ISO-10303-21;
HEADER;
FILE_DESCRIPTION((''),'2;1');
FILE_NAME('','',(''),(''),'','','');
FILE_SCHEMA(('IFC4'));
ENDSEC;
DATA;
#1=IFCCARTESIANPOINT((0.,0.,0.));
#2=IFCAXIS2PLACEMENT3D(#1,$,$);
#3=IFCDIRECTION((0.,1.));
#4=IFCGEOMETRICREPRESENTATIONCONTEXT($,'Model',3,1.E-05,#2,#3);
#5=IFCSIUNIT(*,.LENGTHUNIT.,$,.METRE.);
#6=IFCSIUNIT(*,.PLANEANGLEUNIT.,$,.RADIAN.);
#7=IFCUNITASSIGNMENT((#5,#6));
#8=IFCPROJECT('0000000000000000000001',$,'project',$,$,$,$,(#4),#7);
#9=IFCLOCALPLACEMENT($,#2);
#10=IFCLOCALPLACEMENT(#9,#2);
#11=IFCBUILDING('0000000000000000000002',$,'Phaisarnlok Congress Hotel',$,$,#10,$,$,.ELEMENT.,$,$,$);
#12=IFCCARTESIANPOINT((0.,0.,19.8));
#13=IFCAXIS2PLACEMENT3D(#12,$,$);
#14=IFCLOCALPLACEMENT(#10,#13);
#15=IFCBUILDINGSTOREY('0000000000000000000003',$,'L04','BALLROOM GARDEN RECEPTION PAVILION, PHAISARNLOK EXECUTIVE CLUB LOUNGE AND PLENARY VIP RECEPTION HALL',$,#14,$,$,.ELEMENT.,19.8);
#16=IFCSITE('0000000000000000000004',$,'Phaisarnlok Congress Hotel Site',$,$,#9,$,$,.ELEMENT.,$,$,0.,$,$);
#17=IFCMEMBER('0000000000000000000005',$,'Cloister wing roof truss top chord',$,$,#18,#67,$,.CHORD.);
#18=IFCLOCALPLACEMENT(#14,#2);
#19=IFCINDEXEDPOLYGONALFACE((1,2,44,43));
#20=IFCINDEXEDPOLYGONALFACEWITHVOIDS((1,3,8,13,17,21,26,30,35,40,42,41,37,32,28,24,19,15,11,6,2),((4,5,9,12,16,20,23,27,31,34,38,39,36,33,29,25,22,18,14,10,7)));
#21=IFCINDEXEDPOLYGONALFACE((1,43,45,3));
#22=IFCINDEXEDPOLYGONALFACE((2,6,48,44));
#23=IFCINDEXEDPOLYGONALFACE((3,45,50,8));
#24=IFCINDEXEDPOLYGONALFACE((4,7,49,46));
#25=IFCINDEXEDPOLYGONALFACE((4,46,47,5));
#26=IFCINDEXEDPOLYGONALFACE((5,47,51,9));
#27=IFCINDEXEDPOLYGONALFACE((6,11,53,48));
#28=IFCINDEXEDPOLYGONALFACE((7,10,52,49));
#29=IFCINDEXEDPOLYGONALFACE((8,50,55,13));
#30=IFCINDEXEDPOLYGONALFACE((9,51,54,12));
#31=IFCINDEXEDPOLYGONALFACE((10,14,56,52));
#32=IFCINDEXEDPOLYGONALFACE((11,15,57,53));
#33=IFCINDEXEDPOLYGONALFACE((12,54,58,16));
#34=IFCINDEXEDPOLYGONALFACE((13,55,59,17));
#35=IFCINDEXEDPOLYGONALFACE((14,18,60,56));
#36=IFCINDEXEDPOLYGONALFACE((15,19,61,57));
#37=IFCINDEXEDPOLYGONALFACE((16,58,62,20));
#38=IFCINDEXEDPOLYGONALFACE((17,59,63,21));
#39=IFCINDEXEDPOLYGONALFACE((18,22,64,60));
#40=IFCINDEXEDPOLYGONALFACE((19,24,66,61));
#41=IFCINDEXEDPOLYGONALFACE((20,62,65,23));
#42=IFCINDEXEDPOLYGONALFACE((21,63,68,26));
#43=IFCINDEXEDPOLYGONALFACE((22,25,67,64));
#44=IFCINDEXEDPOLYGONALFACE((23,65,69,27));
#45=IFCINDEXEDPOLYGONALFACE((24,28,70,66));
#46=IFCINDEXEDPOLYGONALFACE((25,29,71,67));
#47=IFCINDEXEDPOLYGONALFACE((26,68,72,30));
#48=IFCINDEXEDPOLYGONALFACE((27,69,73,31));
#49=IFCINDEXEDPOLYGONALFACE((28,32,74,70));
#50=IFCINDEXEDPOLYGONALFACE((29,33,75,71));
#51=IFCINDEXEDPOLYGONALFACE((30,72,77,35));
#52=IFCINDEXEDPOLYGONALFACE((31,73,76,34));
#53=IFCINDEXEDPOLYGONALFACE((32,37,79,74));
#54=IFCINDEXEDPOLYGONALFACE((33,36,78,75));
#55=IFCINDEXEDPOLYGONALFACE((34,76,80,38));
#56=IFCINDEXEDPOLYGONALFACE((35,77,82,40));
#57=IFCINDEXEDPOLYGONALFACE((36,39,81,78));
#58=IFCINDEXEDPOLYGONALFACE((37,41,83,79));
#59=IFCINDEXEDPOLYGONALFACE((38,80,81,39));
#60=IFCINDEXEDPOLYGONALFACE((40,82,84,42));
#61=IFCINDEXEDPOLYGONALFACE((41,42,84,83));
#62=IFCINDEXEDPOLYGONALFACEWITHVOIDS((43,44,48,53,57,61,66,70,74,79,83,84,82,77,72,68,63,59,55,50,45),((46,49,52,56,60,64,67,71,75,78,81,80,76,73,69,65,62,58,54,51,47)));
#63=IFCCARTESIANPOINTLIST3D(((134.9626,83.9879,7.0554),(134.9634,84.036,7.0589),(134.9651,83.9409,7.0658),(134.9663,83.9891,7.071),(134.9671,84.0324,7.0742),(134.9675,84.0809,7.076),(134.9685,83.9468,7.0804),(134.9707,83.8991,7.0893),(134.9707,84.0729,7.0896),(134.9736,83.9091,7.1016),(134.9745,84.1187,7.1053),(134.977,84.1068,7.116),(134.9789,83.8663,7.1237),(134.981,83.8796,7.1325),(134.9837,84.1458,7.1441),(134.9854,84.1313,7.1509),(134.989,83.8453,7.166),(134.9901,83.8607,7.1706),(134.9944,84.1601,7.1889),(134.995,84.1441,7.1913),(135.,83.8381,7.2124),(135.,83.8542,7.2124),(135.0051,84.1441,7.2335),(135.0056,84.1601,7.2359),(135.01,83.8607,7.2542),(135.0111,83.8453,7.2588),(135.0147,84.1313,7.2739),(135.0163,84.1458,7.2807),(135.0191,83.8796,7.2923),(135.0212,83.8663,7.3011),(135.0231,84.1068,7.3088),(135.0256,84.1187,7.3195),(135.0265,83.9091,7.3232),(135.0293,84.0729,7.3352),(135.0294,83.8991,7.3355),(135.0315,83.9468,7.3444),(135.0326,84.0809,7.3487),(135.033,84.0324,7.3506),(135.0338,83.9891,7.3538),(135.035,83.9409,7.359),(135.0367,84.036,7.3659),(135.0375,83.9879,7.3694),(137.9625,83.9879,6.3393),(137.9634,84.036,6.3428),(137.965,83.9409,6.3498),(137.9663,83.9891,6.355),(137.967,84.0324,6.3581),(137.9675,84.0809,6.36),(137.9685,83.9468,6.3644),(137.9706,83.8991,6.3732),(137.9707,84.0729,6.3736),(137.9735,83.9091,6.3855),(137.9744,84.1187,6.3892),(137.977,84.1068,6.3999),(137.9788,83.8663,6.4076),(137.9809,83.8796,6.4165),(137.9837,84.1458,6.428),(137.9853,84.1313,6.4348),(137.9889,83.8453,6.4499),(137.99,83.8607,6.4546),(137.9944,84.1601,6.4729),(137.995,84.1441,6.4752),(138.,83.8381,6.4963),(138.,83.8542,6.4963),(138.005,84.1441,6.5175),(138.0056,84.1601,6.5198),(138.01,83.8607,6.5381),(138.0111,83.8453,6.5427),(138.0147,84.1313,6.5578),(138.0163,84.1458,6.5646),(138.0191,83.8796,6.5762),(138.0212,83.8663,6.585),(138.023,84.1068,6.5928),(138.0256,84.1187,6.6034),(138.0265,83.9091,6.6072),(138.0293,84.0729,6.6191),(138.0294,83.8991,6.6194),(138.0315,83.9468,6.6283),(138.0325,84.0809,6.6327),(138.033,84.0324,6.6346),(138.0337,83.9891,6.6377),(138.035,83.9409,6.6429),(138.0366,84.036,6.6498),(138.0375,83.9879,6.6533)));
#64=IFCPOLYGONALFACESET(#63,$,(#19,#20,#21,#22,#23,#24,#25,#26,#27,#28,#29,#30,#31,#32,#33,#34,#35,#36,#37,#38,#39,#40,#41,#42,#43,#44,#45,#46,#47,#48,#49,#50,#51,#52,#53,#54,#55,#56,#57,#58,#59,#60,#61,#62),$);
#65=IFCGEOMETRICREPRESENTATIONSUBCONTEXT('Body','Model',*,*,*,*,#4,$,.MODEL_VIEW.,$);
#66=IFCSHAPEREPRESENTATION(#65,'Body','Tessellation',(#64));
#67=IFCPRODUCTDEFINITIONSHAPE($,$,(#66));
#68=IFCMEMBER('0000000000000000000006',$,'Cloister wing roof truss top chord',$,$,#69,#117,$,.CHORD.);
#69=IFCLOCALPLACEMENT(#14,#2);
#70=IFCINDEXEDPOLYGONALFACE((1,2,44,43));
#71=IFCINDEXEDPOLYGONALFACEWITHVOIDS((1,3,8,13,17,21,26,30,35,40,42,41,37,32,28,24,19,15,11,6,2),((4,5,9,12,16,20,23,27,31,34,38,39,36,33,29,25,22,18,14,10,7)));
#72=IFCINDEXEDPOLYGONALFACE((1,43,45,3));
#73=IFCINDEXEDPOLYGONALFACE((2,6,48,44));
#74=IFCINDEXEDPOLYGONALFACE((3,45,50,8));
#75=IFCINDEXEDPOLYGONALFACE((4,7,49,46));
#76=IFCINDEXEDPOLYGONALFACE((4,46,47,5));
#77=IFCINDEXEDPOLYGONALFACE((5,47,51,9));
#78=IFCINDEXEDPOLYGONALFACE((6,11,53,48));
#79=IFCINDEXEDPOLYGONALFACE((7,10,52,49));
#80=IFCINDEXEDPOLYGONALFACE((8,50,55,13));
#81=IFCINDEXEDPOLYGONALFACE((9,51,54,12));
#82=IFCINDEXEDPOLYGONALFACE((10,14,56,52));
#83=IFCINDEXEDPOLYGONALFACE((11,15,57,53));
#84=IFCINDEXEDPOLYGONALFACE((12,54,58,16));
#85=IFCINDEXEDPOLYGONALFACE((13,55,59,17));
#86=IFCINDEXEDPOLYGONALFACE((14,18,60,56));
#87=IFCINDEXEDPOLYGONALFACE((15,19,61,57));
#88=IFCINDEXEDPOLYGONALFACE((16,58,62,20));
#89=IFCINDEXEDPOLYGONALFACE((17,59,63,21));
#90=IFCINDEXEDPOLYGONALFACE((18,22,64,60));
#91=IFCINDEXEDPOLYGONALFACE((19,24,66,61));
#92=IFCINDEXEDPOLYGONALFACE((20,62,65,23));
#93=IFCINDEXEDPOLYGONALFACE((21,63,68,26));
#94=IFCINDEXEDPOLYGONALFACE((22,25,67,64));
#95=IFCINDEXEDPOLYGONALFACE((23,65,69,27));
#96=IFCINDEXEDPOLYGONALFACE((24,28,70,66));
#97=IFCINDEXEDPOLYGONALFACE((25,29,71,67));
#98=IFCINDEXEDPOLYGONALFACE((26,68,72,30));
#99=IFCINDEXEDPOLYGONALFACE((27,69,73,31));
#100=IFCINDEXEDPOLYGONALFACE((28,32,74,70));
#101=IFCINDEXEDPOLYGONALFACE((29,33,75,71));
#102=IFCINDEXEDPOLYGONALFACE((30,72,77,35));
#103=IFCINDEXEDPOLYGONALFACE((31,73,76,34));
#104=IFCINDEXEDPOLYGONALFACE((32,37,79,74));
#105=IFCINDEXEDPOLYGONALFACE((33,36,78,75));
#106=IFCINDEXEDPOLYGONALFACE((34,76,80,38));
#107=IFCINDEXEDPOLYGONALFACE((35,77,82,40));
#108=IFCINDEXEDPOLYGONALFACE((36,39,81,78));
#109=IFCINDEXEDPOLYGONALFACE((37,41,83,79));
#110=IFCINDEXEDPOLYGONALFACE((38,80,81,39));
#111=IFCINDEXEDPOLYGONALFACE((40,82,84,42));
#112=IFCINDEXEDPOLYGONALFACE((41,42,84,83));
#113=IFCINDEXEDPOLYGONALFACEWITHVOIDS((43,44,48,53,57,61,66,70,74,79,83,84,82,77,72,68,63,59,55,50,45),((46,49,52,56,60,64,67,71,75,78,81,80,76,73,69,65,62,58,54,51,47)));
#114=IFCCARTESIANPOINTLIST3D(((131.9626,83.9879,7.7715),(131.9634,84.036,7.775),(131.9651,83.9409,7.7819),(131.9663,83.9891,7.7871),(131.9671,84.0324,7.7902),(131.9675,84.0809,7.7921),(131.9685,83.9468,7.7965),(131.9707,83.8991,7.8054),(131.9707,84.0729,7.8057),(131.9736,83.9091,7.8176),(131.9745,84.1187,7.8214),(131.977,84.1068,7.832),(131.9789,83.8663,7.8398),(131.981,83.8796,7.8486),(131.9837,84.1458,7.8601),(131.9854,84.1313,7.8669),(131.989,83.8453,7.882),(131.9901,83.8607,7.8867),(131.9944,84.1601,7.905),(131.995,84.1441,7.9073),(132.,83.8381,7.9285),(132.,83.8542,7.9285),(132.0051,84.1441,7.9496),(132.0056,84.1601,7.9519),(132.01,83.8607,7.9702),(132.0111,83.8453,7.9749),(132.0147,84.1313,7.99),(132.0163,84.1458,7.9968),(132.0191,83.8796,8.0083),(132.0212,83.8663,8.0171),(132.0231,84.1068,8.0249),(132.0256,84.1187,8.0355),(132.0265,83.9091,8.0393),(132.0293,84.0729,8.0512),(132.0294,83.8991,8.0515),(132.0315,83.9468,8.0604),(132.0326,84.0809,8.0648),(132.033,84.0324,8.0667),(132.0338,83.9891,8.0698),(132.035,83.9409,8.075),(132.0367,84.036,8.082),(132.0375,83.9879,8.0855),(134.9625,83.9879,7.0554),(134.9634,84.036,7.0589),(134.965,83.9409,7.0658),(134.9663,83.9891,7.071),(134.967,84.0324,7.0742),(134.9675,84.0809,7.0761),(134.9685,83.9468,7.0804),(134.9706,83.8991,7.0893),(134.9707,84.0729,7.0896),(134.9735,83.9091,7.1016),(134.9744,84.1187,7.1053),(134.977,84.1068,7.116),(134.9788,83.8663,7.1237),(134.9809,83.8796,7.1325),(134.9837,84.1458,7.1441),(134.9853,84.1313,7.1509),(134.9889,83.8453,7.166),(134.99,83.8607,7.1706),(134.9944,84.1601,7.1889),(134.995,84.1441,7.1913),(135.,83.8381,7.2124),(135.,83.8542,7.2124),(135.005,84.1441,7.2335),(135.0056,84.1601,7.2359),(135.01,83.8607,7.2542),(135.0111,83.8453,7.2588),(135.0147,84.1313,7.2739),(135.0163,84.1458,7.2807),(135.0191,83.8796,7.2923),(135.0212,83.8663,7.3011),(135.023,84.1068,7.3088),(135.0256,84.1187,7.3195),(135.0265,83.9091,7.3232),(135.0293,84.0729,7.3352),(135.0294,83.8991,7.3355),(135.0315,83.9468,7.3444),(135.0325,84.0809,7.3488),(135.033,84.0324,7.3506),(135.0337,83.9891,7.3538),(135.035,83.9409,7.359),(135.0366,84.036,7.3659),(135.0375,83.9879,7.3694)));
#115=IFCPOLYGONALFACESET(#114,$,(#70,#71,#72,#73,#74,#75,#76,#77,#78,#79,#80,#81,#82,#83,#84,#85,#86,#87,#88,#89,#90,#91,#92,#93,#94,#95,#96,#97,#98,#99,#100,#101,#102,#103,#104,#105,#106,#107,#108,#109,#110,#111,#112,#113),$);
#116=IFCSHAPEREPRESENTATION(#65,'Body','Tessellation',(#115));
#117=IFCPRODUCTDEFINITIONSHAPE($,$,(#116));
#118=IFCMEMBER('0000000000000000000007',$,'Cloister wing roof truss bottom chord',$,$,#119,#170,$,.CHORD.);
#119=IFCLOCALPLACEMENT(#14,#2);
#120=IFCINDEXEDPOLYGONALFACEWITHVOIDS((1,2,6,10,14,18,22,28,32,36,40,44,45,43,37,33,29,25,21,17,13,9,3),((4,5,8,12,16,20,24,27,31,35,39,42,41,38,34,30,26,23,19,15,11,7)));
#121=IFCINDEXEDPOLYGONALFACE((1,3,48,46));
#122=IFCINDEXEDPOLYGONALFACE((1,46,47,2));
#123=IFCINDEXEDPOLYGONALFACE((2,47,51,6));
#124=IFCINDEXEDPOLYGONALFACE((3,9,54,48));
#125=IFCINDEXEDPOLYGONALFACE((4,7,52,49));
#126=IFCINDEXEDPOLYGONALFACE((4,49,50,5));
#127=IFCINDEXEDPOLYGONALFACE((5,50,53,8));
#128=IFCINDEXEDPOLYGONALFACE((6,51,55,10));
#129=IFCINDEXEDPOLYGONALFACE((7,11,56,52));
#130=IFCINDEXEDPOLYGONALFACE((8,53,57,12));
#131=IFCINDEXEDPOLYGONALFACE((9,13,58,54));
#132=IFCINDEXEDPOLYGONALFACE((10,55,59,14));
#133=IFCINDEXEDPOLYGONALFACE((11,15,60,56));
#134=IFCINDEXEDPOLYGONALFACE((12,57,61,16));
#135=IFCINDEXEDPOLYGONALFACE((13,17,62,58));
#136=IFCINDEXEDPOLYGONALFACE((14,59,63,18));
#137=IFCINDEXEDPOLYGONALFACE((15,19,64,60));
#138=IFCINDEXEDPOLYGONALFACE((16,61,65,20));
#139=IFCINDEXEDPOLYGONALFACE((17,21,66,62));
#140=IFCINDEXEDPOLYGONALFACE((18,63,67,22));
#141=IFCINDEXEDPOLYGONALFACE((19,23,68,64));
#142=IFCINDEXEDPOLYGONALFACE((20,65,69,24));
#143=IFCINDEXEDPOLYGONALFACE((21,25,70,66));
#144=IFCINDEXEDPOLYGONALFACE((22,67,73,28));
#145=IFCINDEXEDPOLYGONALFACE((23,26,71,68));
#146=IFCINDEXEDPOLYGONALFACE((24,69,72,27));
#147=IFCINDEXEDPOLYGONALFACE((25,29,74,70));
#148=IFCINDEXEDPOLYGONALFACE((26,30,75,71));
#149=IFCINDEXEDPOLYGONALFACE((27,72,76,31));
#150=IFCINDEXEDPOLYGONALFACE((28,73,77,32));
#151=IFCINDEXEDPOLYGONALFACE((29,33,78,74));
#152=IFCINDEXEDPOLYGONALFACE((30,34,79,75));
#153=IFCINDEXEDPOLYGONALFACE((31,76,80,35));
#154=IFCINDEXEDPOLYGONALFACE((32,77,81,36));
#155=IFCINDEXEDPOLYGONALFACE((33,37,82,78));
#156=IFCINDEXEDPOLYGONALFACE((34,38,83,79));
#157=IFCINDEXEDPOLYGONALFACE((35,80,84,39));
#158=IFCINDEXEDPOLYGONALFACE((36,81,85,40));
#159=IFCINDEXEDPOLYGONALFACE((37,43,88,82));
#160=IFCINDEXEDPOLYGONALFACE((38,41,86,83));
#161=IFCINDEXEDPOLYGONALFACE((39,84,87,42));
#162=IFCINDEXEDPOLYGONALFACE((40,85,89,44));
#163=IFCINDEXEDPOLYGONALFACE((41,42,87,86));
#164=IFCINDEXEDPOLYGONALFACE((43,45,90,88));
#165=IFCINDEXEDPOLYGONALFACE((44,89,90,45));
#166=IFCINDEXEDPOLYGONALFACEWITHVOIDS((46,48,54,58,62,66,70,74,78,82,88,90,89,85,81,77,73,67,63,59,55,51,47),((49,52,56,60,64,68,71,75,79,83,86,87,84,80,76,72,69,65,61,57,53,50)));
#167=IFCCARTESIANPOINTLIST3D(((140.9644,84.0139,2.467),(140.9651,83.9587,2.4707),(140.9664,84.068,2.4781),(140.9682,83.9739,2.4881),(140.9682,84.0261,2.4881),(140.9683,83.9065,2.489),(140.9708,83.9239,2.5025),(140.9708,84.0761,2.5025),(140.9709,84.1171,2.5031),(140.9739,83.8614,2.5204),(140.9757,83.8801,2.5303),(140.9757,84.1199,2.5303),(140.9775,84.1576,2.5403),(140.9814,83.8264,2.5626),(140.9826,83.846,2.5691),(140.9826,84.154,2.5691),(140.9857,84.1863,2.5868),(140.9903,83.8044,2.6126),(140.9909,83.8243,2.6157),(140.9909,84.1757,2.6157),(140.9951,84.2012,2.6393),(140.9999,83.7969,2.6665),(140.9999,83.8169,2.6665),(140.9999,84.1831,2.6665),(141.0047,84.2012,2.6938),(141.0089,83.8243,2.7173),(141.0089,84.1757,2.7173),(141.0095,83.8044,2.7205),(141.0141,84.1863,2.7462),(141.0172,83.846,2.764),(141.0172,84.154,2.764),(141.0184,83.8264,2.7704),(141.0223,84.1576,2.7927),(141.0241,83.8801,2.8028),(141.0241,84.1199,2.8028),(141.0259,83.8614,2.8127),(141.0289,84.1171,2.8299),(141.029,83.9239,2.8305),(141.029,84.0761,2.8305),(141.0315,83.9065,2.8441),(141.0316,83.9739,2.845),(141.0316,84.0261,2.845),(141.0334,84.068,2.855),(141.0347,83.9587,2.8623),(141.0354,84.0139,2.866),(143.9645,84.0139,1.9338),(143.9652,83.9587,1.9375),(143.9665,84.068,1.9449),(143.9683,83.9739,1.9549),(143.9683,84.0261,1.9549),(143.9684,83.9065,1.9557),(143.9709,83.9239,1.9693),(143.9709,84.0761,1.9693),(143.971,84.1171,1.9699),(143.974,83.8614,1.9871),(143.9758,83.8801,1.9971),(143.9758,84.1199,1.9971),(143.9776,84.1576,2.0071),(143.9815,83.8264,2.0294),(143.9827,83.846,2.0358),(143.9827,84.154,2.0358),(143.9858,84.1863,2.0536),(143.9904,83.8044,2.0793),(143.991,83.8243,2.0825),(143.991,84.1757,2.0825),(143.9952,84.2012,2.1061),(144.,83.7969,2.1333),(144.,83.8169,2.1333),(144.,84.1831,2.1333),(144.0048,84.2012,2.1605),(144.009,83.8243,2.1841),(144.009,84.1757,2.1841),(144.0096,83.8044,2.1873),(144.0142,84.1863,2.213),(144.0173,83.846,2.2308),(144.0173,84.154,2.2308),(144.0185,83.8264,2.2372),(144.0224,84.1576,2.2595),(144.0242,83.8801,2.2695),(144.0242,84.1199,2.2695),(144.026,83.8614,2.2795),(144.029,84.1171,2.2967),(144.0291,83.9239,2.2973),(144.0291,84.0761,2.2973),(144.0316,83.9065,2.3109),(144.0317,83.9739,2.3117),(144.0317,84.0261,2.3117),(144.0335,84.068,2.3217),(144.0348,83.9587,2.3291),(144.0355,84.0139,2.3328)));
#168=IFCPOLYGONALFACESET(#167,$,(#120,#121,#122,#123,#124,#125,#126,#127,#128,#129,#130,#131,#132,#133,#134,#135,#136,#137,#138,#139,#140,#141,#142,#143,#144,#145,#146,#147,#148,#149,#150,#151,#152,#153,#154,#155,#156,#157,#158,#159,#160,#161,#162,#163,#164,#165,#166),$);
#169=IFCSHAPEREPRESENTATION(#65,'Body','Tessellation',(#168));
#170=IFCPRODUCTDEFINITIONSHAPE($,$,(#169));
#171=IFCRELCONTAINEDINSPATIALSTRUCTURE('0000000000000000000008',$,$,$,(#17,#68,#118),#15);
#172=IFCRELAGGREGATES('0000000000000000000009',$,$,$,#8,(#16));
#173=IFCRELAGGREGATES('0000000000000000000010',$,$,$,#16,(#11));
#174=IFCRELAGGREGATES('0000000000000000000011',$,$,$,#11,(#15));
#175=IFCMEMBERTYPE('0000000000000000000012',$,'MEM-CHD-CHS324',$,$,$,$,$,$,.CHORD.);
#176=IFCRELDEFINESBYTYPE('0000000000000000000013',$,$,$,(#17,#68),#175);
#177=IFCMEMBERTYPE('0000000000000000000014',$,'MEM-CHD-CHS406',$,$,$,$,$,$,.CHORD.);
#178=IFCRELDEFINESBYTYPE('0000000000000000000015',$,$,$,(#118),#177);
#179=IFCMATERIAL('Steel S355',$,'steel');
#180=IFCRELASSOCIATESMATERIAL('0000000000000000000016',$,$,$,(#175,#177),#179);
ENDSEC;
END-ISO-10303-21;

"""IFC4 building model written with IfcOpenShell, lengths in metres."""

from ifc_helpers import new_model, si_unit, direction, frame, origin, origin_2d, place, context, subcontext, project, spatial, hollow_circle, extrude, material, material_profile, profile_set, type_object, element, save


model = new_model("IFC4")

# Units and contexts
model_context = context("Model", 3, precision=1e-05, world=origin(), true_north=direction((0.0, 1.0)))
body_context = subcontext(model_context, "Body", "Model", "MODEL_VIEW")
ifc_project = project(units=[si_unit("LENGTHUNIT", "METRE"), si_unit("PLANEANGLEUNIT", "RADIAN")], contexts=[model_context])

# Site, building, storey
site_placement = place(None, origin())
site = spatial("IfcSite", under=ifc_project, at=site_placement, Name="Phaisarnlok Congress Hotel Site", CompositionType="ELEMENT", RefElevation=0.0)
building_placement = place(site_placement, origin())
building = spatial("IfcBuilding", under=site, at=building_placement, Name="Phaisarnlok Congress Hotel", CompositionType="ELEMENT")
storey_placement = place(building_placement, frame((0.0, 0.0, 19.8)))
storey = spatial("IfcBuildingStorey", under=building, at=storey_placement, Name="L04", Description="BALLROOM GARDEN RECEPTION PAVILION, PHAISARNLOK EXECUTIVE CLUB LOUNGE AND PLENARY VIP RECEPTION HALL", CompositionType="ELEMENT", Elevation=19.8)

# Shared definitions
ifc_material_1 = material(Name="Steel S355", Category="steel")

# Members
ifc_material_profile_1 = material_profile(ifc_material_1, hollow_circle(Radius=0.1619, WallThickness=0.0161, at=origin_2d()), Name="CHS 323.9x16")
ifc_profile_set_1 = profile_set([ifc_material_profile_1], Name="Steel S355")
member_type_1 = type_object("IfcMemberType", Name="MEM-CHD-CHS324", PredefinedType="CHORD", material=ifc_profile_set_1)
for number, where, z_axis, x_axis, name in (
    (1, (138.0, 84.0, 6.4963), (-0.972676, 0.0, 0.232166), (0.0, -1.0, 0.0), "Cloister wing roof truss top chord"),
    (2, (135.0, 84.0, 7.2124), (-0.972676, 0.0, 0.232166), (0.0, -1.0, 0.0), "Cloister wing roof truss top chord"),
):
    element("IfcMember", number, at=place(storey_placement, frame(where, z_axis=z_axis, x_axis=x_axis)), inside=storey, type_object=member_type_1, Name=name, PredefinedType="CHORD", context=body_context, shape_type="SweptSolid", body=[
        extrude(hollow_circle(Radius=0.1619, WallThickness=0.0161, at=origin_2d()), origin(), (0.0, 0.0, 1.0), 3.0842),
    ])
ifc_material_profile_2 = material_profile(ifc_material_1, hollow_circle(Radius=0.2031, WallThickness=0.02, at=origin_2d()), Name="CHS 406.4x20")
ifc_profile_set_2 = profile_set([ifc_material_profile_2], Name="Steel S355")
member_type_2 = type_object("IfcMemberType", Name="MEM-CHD-CHS406", PredefinedType="CHORD", material=ifc_profile_set_2)
for number, where, z_axis, x_axis, name in (
    (3, (144.0, 84.0, 2.1333), (-0.98457, 0.0, 0.174992), (0.0, -1.0, 0.0), "Cloister wing roof truss bottom chord"),
):
    element("IfcMember", number, at=place(storey_placement, frame(where, z_axis=z_axis, x_axis=x_axis)), inside=storey, type_object=member_type_2, Name=name, PredefinedType="CHORD", context=body_context, shape_type="SweptSolid", body=[
        extrude(hollow_circle(Radius=0.2031, WallThickness=0.02, at=origin_2d()), origin(), (0.0, 0.0, 1.0), 3.0471),
    ])

save(model, "model.ifc")
